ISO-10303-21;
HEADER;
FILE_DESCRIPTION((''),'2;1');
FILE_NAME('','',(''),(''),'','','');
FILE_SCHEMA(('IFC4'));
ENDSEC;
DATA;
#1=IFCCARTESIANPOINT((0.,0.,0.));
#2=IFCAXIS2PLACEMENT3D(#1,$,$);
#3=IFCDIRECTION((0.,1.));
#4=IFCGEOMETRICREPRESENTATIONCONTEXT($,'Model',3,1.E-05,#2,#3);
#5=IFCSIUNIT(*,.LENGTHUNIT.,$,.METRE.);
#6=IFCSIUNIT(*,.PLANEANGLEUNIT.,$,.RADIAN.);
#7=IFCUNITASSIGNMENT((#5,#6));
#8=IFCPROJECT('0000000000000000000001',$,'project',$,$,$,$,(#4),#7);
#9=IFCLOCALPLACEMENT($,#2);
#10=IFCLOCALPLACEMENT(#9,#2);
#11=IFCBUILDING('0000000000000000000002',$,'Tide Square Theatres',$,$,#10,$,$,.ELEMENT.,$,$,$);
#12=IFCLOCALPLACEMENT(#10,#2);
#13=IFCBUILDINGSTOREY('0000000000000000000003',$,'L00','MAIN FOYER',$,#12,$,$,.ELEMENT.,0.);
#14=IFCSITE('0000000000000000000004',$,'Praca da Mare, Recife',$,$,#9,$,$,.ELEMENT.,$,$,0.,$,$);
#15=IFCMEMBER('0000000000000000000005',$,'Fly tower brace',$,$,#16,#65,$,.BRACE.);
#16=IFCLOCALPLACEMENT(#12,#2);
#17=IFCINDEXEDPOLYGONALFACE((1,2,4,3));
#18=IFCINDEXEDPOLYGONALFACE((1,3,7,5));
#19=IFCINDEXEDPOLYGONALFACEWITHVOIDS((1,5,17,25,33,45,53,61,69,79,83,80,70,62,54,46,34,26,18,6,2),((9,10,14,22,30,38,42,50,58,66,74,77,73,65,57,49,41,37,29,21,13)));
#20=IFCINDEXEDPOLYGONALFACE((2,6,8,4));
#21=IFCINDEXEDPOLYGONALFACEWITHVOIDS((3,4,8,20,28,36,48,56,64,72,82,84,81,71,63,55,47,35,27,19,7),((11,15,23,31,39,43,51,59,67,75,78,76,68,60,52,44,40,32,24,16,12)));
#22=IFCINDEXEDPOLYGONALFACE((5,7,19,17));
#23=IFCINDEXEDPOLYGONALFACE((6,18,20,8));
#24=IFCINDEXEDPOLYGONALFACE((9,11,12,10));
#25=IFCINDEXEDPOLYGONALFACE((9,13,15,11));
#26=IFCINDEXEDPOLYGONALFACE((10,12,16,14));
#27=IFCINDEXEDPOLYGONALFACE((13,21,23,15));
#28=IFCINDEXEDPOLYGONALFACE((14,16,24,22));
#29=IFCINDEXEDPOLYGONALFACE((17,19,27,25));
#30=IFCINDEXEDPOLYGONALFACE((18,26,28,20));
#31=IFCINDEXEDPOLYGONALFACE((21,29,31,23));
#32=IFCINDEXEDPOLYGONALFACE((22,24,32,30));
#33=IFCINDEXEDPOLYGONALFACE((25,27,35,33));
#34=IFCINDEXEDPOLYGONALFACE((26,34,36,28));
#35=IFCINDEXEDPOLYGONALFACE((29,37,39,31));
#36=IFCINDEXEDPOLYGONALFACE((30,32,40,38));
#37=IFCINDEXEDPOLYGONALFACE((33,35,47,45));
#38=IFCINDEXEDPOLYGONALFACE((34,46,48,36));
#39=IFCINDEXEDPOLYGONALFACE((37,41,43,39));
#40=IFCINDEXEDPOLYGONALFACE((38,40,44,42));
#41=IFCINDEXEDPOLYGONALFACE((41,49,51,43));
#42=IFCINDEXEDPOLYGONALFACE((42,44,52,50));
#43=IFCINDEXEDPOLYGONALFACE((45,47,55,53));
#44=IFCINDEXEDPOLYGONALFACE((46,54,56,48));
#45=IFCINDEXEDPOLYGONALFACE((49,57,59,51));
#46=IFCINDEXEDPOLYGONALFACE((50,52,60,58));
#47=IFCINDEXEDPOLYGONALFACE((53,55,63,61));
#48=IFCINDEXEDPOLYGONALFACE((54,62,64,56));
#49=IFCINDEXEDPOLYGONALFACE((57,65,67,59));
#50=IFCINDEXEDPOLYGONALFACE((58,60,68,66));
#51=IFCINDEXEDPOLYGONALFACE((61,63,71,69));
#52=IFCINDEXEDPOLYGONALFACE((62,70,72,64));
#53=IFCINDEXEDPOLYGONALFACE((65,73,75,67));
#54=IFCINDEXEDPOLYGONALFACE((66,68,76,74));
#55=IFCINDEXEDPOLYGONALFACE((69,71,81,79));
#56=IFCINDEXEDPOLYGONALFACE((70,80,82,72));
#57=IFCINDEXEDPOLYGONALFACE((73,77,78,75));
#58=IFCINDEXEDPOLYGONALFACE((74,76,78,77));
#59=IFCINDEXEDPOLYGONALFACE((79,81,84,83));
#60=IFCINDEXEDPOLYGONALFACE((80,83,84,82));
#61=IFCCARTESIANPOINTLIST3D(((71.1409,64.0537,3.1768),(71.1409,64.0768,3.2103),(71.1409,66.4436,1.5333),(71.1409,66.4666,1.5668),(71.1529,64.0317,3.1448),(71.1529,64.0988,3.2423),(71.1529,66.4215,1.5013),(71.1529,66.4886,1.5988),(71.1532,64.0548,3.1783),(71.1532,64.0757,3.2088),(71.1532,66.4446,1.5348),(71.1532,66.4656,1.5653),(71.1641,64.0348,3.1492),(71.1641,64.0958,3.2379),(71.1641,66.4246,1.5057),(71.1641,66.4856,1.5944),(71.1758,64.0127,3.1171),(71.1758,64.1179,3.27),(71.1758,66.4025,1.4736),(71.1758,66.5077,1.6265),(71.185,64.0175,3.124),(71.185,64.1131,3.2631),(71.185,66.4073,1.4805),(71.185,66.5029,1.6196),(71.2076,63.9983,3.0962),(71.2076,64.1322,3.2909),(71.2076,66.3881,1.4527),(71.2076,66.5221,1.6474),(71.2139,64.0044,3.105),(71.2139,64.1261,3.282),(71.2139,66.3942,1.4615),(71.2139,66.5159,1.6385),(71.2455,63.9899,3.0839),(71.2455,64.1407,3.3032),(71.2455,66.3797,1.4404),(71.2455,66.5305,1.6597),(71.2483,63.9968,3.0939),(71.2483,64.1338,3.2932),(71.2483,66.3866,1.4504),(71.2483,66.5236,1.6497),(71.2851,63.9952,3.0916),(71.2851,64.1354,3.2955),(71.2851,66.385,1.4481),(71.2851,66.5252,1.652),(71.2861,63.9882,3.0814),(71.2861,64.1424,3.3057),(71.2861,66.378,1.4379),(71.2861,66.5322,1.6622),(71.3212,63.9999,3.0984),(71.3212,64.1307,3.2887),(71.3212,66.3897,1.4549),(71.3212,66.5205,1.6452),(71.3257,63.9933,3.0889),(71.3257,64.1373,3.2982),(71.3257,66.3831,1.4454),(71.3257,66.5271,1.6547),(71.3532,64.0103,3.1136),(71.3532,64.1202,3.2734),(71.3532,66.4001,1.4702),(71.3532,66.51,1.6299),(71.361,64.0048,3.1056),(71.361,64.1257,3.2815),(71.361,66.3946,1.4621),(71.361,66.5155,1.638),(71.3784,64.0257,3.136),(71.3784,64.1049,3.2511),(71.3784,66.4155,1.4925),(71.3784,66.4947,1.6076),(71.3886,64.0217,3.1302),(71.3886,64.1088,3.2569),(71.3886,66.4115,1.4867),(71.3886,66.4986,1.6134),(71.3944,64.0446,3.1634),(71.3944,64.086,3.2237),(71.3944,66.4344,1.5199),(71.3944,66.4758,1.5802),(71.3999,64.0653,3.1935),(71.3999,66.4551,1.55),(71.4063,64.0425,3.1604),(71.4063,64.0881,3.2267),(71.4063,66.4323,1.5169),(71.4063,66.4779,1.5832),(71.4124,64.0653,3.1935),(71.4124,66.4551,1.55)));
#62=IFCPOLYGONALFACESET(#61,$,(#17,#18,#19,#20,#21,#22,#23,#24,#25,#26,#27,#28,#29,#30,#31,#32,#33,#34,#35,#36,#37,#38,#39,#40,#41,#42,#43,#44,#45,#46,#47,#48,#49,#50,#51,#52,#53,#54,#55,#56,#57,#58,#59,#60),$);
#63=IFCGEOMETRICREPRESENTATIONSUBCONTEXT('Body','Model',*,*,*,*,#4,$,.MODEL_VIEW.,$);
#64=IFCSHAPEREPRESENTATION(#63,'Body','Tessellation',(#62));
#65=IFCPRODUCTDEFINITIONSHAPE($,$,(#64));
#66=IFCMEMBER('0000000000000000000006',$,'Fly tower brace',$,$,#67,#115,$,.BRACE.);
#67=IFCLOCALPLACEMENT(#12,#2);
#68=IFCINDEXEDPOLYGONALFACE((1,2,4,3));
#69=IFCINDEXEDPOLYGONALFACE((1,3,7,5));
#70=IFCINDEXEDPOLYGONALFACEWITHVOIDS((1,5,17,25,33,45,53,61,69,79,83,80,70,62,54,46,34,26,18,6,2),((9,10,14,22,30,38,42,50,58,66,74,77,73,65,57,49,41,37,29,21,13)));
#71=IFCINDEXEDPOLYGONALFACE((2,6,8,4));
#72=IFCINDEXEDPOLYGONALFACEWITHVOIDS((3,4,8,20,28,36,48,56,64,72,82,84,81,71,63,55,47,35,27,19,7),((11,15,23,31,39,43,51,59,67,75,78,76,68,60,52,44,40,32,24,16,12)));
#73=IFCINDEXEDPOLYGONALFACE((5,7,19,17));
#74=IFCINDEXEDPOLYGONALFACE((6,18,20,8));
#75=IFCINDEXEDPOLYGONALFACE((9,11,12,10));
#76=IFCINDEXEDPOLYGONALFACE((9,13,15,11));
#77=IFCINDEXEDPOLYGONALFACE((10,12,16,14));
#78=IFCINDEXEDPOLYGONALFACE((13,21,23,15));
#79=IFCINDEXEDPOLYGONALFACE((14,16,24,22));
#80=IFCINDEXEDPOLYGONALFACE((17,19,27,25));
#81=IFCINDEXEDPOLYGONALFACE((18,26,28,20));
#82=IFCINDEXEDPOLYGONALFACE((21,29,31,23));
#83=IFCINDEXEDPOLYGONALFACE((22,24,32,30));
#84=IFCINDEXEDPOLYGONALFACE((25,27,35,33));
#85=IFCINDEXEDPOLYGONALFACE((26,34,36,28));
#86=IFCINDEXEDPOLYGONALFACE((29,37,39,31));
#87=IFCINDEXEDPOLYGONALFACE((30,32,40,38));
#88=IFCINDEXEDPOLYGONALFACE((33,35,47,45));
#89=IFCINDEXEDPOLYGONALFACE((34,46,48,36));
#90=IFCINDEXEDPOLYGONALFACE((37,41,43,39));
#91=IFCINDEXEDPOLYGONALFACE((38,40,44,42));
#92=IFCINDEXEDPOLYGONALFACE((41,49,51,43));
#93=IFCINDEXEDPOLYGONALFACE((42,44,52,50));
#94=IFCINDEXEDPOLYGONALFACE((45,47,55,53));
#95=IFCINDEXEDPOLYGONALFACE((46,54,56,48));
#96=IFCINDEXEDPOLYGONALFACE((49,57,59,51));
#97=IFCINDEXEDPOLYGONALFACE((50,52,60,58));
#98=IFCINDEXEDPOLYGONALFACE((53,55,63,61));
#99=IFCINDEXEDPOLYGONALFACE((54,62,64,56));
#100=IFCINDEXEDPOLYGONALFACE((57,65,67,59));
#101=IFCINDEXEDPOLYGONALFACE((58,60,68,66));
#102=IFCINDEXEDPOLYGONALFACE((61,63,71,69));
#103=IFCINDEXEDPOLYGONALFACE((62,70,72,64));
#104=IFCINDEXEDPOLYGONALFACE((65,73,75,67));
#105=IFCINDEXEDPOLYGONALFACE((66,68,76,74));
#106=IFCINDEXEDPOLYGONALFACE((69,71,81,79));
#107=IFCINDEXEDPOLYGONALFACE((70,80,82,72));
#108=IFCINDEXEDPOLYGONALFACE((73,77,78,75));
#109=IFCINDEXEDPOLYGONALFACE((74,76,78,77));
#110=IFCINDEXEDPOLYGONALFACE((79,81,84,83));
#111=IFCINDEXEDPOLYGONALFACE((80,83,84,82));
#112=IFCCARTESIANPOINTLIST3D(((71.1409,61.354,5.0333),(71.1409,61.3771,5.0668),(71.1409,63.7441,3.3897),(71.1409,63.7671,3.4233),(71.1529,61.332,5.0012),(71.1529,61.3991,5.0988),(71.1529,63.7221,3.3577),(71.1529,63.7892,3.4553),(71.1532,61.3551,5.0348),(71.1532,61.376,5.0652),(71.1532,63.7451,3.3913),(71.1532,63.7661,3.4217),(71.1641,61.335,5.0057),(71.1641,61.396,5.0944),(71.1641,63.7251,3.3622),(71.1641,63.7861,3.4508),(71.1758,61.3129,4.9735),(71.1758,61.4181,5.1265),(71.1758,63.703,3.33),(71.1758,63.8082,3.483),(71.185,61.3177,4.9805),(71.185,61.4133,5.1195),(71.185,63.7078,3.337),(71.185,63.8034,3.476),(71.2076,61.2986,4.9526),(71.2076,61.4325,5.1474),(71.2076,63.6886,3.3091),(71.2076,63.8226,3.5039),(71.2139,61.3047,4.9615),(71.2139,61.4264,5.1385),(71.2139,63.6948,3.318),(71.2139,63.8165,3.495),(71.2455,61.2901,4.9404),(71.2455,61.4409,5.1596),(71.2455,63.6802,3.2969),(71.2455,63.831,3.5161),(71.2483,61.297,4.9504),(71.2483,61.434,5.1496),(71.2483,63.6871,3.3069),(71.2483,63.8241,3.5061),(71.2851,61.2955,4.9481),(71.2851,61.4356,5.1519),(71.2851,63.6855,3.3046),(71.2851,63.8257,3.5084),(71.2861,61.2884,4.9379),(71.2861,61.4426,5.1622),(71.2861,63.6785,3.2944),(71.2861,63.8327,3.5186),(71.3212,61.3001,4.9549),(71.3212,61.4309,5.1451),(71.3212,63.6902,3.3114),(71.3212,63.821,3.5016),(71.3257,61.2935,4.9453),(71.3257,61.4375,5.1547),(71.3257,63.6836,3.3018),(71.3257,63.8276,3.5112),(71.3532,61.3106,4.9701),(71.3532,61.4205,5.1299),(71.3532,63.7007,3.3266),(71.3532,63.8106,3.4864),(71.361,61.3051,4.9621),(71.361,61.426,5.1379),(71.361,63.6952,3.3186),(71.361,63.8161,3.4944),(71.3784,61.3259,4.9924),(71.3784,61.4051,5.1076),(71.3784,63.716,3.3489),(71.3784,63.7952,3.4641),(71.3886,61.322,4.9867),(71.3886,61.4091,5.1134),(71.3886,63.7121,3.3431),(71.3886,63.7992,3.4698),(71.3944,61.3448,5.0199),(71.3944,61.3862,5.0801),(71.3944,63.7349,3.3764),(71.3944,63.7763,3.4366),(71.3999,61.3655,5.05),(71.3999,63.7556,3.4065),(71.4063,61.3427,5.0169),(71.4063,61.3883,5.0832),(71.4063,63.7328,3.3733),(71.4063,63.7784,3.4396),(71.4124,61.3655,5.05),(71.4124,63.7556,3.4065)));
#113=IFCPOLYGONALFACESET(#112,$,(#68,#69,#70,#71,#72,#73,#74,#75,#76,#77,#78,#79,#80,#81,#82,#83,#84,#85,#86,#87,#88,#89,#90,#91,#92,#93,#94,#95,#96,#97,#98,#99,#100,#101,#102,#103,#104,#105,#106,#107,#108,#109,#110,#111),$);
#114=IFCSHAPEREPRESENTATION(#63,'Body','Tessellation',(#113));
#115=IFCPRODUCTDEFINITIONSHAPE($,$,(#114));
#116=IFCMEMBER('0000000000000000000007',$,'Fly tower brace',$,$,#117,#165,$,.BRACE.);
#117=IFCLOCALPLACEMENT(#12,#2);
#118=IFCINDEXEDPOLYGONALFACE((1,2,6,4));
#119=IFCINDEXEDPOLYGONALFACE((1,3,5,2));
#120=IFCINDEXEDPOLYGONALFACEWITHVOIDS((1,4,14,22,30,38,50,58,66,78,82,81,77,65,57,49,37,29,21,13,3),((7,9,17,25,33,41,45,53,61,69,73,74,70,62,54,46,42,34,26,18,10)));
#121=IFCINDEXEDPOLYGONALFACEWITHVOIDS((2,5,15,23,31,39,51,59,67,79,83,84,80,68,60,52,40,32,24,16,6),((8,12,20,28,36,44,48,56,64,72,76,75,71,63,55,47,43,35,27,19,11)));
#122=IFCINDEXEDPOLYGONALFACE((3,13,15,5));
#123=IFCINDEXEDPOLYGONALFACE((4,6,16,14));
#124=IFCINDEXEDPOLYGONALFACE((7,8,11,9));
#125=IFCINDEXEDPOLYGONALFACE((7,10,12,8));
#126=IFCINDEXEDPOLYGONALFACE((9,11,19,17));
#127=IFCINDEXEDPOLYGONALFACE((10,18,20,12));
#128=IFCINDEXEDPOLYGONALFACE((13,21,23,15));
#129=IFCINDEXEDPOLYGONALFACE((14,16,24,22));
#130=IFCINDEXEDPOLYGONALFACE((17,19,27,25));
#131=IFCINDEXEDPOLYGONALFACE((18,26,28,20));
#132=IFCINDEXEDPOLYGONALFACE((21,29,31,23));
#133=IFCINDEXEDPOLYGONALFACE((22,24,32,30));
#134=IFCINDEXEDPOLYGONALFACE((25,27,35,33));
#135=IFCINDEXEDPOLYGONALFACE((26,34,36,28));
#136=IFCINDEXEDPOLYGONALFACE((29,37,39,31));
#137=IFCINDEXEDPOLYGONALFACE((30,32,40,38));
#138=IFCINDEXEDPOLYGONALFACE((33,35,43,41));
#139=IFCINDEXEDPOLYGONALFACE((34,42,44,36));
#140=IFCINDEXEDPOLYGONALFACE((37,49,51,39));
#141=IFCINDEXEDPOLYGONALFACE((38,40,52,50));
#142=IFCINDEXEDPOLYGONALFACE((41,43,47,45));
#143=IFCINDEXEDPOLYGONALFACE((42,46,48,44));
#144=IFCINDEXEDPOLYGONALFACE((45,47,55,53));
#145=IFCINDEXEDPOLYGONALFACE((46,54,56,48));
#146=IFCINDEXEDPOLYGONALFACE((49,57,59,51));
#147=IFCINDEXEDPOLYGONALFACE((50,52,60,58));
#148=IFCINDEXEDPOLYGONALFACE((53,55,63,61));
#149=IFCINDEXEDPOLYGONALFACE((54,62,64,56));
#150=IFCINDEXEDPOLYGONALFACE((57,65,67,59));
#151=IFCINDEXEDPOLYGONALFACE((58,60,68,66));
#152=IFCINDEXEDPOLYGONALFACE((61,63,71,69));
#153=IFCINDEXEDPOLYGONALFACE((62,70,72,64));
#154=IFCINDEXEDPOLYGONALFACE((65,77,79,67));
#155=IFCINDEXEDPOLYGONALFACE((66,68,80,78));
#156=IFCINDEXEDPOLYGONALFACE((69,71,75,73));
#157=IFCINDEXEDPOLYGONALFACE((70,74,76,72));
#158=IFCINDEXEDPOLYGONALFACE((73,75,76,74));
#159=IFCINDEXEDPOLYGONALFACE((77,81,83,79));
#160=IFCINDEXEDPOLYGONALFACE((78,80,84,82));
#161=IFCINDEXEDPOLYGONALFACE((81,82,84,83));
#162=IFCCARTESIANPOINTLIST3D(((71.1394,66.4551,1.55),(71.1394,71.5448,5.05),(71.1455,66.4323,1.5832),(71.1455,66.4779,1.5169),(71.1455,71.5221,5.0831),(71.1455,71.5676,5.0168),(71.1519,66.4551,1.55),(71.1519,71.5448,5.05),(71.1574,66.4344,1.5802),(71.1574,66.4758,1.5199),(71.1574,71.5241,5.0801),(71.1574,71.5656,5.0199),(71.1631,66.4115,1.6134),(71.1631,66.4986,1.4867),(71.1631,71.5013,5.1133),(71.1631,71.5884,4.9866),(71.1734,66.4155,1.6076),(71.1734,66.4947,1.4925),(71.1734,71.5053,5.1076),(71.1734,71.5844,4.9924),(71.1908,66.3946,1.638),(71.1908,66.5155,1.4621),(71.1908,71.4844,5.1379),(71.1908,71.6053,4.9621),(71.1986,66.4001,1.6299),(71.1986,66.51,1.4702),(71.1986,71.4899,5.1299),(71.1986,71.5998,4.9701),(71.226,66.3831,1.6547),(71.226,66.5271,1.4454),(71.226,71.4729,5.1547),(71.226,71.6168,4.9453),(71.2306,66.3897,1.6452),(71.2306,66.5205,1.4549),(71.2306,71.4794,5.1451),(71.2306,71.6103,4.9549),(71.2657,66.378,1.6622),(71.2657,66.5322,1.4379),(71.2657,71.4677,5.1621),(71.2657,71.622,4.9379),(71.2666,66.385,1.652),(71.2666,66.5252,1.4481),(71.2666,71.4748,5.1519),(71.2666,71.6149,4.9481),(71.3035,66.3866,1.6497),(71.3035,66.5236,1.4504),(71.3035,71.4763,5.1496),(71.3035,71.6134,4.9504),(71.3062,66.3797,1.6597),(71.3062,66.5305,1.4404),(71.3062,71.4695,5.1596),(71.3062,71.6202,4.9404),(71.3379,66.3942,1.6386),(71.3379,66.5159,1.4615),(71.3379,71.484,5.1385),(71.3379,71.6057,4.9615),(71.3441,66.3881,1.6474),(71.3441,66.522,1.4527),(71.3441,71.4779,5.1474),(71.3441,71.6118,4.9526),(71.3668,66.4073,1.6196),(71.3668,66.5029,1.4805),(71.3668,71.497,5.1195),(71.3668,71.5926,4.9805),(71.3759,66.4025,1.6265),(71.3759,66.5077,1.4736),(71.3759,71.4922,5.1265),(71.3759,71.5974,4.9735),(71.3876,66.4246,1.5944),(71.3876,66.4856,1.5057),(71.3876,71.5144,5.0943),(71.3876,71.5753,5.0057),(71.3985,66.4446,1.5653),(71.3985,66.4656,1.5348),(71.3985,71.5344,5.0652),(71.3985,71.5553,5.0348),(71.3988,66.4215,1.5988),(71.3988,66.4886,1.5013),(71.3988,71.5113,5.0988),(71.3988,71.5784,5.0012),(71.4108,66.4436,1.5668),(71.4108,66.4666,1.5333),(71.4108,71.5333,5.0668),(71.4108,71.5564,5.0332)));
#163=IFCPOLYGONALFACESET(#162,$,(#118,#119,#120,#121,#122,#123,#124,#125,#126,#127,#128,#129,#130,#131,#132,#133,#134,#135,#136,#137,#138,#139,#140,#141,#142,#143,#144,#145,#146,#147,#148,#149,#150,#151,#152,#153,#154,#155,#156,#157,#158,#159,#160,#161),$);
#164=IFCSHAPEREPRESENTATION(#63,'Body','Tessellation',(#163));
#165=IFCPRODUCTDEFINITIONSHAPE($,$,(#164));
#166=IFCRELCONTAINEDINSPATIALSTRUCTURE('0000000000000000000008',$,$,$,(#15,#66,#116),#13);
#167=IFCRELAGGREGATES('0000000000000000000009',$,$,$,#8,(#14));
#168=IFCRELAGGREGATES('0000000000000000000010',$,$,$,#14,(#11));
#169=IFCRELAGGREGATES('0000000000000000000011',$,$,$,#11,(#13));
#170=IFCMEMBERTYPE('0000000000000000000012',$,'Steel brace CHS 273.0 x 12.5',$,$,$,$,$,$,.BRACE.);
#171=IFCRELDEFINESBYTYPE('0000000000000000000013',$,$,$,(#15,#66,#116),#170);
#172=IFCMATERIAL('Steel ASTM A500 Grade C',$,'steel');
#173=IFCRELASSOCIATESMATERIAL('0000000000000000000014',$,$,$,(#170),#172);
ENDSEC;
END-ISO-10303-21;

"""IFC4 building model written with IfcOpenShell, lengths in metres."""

from ifc_helpers import new_model, si_unit, direction, frame, origin, origin_2d, place, context, subcontext, project, spatial, hollow_circle, extrude, material, material_profile, profile_set, type_object, element, save


model = new_model("IFC4")

# Units and contexts
model_context = context("Model", 3, precision=1e-05, world=origin(), true_north=direction((0.0, 1.0)))
body_context = subcontext(model_context, "Body", "Model", "MODEL_VIEW")
ifc_project = project(units=[si_unit("LENGTHUNIT", "METRE"), si_unit("PLANEANGLEUNIT", "RADIAN")], contexts=[model_context])

# Site, building, storey
site_placement = place(None, origin())
site = spatial("IfcSite", under=ifc_project, at=site_placement, Name="Praca da Mare, Recife", CompositionType="ELEMENT", RefElevation=0.0)
building_placement = place(site_placement, origin())
building = spatial("IfcBuilding", under=site, at=building_placement, Name="Tide Square Theatres", CompositionType="ELEMENT")
storey_placement = place(building_placement, origin())
storey = spatial("IfcBuildingStorey", under=building, at=storey_placement, Name="L00", Description="MAIN FOYER", CompositionType="ELEMENT", Elevation=0.0)

# Members
ifc_material_1 = material(Name="Steel ASTM A500 Grade C", Category="steel")
ifc_material_profile_1 = material_profile(ifc_material_1, hollow_circle(Radius=0.1365, WallThickness=0.0125, at=origin_2d()))
ifc_profile_set_1 = profile_set([ifc_material_profile_1], Name="Steel ASTM A500 Grade C")
member_type = type_object("IfcMemberType", Name="Steel brace CHS 273.0 x 12.5", PredefinedType="BRACE", material=ifc_profile_set_1)
member_1_placement = place(storey_placement, frame((71.2759, 66.4551, 1.55), z_axis=(0.0, -0.823961, 0.566647), x_axis=(1.0, 0.0, 0.0)))
element("IfcMember", 1, at=member_1_placement, inside=storey, type_object=member_type, Name="Fly tower brace", PredefinedType="BRACE", context=body_context, shape_type="SweptSolid", body=[
    extrude(hollow_circle(Radius=0.1365, WallThickness=0.0125, at=origin_2d()), origin(), (0.0, 0.0, 1.0), 2.9004),
])
member_2_placement = place(storey_placement, frame((71.2759, 63.7556, 3.4065), z_axis=(0.0, -0.823988, 0.566607), x_axis=(1.0, 0.0, 0.0)))
element("IfcMember", 2, at=member_2_placement, inside=storey, type_object=member_type, Name="Fly tower brace", PredefinedType="BRACE", context=body_context, shape_type="SweptSolid", body=[
    extrude(hollow_circle(Radius=0.1365, WallThickness=0.0125, at=origin_2d()), origin(), (0.0, 0.0, 1.0), 2.9006),
])
member_3_placement = place(storey_placement, frame((71.2759, 66.4551, 1.55), z_axis=(0.0, 0.823987, 0.566609), x_axis=(-1.0, 0.0, 0.0)))
element("IfcMember", 3, at=member_3_placement, inside=storey, type_object=member_type, Name="Fly tower brace", PredefinedType="BRACE", context=body_context, shape_type="SweptSolid", body=[
    extrude(hollow_circle(Radius=0.1365, WallThickness=0.0125, at=origin_2d()), origin(), (0.0, 0.0, 1.0), 6.177),
])

save(model, "model.ifc")
